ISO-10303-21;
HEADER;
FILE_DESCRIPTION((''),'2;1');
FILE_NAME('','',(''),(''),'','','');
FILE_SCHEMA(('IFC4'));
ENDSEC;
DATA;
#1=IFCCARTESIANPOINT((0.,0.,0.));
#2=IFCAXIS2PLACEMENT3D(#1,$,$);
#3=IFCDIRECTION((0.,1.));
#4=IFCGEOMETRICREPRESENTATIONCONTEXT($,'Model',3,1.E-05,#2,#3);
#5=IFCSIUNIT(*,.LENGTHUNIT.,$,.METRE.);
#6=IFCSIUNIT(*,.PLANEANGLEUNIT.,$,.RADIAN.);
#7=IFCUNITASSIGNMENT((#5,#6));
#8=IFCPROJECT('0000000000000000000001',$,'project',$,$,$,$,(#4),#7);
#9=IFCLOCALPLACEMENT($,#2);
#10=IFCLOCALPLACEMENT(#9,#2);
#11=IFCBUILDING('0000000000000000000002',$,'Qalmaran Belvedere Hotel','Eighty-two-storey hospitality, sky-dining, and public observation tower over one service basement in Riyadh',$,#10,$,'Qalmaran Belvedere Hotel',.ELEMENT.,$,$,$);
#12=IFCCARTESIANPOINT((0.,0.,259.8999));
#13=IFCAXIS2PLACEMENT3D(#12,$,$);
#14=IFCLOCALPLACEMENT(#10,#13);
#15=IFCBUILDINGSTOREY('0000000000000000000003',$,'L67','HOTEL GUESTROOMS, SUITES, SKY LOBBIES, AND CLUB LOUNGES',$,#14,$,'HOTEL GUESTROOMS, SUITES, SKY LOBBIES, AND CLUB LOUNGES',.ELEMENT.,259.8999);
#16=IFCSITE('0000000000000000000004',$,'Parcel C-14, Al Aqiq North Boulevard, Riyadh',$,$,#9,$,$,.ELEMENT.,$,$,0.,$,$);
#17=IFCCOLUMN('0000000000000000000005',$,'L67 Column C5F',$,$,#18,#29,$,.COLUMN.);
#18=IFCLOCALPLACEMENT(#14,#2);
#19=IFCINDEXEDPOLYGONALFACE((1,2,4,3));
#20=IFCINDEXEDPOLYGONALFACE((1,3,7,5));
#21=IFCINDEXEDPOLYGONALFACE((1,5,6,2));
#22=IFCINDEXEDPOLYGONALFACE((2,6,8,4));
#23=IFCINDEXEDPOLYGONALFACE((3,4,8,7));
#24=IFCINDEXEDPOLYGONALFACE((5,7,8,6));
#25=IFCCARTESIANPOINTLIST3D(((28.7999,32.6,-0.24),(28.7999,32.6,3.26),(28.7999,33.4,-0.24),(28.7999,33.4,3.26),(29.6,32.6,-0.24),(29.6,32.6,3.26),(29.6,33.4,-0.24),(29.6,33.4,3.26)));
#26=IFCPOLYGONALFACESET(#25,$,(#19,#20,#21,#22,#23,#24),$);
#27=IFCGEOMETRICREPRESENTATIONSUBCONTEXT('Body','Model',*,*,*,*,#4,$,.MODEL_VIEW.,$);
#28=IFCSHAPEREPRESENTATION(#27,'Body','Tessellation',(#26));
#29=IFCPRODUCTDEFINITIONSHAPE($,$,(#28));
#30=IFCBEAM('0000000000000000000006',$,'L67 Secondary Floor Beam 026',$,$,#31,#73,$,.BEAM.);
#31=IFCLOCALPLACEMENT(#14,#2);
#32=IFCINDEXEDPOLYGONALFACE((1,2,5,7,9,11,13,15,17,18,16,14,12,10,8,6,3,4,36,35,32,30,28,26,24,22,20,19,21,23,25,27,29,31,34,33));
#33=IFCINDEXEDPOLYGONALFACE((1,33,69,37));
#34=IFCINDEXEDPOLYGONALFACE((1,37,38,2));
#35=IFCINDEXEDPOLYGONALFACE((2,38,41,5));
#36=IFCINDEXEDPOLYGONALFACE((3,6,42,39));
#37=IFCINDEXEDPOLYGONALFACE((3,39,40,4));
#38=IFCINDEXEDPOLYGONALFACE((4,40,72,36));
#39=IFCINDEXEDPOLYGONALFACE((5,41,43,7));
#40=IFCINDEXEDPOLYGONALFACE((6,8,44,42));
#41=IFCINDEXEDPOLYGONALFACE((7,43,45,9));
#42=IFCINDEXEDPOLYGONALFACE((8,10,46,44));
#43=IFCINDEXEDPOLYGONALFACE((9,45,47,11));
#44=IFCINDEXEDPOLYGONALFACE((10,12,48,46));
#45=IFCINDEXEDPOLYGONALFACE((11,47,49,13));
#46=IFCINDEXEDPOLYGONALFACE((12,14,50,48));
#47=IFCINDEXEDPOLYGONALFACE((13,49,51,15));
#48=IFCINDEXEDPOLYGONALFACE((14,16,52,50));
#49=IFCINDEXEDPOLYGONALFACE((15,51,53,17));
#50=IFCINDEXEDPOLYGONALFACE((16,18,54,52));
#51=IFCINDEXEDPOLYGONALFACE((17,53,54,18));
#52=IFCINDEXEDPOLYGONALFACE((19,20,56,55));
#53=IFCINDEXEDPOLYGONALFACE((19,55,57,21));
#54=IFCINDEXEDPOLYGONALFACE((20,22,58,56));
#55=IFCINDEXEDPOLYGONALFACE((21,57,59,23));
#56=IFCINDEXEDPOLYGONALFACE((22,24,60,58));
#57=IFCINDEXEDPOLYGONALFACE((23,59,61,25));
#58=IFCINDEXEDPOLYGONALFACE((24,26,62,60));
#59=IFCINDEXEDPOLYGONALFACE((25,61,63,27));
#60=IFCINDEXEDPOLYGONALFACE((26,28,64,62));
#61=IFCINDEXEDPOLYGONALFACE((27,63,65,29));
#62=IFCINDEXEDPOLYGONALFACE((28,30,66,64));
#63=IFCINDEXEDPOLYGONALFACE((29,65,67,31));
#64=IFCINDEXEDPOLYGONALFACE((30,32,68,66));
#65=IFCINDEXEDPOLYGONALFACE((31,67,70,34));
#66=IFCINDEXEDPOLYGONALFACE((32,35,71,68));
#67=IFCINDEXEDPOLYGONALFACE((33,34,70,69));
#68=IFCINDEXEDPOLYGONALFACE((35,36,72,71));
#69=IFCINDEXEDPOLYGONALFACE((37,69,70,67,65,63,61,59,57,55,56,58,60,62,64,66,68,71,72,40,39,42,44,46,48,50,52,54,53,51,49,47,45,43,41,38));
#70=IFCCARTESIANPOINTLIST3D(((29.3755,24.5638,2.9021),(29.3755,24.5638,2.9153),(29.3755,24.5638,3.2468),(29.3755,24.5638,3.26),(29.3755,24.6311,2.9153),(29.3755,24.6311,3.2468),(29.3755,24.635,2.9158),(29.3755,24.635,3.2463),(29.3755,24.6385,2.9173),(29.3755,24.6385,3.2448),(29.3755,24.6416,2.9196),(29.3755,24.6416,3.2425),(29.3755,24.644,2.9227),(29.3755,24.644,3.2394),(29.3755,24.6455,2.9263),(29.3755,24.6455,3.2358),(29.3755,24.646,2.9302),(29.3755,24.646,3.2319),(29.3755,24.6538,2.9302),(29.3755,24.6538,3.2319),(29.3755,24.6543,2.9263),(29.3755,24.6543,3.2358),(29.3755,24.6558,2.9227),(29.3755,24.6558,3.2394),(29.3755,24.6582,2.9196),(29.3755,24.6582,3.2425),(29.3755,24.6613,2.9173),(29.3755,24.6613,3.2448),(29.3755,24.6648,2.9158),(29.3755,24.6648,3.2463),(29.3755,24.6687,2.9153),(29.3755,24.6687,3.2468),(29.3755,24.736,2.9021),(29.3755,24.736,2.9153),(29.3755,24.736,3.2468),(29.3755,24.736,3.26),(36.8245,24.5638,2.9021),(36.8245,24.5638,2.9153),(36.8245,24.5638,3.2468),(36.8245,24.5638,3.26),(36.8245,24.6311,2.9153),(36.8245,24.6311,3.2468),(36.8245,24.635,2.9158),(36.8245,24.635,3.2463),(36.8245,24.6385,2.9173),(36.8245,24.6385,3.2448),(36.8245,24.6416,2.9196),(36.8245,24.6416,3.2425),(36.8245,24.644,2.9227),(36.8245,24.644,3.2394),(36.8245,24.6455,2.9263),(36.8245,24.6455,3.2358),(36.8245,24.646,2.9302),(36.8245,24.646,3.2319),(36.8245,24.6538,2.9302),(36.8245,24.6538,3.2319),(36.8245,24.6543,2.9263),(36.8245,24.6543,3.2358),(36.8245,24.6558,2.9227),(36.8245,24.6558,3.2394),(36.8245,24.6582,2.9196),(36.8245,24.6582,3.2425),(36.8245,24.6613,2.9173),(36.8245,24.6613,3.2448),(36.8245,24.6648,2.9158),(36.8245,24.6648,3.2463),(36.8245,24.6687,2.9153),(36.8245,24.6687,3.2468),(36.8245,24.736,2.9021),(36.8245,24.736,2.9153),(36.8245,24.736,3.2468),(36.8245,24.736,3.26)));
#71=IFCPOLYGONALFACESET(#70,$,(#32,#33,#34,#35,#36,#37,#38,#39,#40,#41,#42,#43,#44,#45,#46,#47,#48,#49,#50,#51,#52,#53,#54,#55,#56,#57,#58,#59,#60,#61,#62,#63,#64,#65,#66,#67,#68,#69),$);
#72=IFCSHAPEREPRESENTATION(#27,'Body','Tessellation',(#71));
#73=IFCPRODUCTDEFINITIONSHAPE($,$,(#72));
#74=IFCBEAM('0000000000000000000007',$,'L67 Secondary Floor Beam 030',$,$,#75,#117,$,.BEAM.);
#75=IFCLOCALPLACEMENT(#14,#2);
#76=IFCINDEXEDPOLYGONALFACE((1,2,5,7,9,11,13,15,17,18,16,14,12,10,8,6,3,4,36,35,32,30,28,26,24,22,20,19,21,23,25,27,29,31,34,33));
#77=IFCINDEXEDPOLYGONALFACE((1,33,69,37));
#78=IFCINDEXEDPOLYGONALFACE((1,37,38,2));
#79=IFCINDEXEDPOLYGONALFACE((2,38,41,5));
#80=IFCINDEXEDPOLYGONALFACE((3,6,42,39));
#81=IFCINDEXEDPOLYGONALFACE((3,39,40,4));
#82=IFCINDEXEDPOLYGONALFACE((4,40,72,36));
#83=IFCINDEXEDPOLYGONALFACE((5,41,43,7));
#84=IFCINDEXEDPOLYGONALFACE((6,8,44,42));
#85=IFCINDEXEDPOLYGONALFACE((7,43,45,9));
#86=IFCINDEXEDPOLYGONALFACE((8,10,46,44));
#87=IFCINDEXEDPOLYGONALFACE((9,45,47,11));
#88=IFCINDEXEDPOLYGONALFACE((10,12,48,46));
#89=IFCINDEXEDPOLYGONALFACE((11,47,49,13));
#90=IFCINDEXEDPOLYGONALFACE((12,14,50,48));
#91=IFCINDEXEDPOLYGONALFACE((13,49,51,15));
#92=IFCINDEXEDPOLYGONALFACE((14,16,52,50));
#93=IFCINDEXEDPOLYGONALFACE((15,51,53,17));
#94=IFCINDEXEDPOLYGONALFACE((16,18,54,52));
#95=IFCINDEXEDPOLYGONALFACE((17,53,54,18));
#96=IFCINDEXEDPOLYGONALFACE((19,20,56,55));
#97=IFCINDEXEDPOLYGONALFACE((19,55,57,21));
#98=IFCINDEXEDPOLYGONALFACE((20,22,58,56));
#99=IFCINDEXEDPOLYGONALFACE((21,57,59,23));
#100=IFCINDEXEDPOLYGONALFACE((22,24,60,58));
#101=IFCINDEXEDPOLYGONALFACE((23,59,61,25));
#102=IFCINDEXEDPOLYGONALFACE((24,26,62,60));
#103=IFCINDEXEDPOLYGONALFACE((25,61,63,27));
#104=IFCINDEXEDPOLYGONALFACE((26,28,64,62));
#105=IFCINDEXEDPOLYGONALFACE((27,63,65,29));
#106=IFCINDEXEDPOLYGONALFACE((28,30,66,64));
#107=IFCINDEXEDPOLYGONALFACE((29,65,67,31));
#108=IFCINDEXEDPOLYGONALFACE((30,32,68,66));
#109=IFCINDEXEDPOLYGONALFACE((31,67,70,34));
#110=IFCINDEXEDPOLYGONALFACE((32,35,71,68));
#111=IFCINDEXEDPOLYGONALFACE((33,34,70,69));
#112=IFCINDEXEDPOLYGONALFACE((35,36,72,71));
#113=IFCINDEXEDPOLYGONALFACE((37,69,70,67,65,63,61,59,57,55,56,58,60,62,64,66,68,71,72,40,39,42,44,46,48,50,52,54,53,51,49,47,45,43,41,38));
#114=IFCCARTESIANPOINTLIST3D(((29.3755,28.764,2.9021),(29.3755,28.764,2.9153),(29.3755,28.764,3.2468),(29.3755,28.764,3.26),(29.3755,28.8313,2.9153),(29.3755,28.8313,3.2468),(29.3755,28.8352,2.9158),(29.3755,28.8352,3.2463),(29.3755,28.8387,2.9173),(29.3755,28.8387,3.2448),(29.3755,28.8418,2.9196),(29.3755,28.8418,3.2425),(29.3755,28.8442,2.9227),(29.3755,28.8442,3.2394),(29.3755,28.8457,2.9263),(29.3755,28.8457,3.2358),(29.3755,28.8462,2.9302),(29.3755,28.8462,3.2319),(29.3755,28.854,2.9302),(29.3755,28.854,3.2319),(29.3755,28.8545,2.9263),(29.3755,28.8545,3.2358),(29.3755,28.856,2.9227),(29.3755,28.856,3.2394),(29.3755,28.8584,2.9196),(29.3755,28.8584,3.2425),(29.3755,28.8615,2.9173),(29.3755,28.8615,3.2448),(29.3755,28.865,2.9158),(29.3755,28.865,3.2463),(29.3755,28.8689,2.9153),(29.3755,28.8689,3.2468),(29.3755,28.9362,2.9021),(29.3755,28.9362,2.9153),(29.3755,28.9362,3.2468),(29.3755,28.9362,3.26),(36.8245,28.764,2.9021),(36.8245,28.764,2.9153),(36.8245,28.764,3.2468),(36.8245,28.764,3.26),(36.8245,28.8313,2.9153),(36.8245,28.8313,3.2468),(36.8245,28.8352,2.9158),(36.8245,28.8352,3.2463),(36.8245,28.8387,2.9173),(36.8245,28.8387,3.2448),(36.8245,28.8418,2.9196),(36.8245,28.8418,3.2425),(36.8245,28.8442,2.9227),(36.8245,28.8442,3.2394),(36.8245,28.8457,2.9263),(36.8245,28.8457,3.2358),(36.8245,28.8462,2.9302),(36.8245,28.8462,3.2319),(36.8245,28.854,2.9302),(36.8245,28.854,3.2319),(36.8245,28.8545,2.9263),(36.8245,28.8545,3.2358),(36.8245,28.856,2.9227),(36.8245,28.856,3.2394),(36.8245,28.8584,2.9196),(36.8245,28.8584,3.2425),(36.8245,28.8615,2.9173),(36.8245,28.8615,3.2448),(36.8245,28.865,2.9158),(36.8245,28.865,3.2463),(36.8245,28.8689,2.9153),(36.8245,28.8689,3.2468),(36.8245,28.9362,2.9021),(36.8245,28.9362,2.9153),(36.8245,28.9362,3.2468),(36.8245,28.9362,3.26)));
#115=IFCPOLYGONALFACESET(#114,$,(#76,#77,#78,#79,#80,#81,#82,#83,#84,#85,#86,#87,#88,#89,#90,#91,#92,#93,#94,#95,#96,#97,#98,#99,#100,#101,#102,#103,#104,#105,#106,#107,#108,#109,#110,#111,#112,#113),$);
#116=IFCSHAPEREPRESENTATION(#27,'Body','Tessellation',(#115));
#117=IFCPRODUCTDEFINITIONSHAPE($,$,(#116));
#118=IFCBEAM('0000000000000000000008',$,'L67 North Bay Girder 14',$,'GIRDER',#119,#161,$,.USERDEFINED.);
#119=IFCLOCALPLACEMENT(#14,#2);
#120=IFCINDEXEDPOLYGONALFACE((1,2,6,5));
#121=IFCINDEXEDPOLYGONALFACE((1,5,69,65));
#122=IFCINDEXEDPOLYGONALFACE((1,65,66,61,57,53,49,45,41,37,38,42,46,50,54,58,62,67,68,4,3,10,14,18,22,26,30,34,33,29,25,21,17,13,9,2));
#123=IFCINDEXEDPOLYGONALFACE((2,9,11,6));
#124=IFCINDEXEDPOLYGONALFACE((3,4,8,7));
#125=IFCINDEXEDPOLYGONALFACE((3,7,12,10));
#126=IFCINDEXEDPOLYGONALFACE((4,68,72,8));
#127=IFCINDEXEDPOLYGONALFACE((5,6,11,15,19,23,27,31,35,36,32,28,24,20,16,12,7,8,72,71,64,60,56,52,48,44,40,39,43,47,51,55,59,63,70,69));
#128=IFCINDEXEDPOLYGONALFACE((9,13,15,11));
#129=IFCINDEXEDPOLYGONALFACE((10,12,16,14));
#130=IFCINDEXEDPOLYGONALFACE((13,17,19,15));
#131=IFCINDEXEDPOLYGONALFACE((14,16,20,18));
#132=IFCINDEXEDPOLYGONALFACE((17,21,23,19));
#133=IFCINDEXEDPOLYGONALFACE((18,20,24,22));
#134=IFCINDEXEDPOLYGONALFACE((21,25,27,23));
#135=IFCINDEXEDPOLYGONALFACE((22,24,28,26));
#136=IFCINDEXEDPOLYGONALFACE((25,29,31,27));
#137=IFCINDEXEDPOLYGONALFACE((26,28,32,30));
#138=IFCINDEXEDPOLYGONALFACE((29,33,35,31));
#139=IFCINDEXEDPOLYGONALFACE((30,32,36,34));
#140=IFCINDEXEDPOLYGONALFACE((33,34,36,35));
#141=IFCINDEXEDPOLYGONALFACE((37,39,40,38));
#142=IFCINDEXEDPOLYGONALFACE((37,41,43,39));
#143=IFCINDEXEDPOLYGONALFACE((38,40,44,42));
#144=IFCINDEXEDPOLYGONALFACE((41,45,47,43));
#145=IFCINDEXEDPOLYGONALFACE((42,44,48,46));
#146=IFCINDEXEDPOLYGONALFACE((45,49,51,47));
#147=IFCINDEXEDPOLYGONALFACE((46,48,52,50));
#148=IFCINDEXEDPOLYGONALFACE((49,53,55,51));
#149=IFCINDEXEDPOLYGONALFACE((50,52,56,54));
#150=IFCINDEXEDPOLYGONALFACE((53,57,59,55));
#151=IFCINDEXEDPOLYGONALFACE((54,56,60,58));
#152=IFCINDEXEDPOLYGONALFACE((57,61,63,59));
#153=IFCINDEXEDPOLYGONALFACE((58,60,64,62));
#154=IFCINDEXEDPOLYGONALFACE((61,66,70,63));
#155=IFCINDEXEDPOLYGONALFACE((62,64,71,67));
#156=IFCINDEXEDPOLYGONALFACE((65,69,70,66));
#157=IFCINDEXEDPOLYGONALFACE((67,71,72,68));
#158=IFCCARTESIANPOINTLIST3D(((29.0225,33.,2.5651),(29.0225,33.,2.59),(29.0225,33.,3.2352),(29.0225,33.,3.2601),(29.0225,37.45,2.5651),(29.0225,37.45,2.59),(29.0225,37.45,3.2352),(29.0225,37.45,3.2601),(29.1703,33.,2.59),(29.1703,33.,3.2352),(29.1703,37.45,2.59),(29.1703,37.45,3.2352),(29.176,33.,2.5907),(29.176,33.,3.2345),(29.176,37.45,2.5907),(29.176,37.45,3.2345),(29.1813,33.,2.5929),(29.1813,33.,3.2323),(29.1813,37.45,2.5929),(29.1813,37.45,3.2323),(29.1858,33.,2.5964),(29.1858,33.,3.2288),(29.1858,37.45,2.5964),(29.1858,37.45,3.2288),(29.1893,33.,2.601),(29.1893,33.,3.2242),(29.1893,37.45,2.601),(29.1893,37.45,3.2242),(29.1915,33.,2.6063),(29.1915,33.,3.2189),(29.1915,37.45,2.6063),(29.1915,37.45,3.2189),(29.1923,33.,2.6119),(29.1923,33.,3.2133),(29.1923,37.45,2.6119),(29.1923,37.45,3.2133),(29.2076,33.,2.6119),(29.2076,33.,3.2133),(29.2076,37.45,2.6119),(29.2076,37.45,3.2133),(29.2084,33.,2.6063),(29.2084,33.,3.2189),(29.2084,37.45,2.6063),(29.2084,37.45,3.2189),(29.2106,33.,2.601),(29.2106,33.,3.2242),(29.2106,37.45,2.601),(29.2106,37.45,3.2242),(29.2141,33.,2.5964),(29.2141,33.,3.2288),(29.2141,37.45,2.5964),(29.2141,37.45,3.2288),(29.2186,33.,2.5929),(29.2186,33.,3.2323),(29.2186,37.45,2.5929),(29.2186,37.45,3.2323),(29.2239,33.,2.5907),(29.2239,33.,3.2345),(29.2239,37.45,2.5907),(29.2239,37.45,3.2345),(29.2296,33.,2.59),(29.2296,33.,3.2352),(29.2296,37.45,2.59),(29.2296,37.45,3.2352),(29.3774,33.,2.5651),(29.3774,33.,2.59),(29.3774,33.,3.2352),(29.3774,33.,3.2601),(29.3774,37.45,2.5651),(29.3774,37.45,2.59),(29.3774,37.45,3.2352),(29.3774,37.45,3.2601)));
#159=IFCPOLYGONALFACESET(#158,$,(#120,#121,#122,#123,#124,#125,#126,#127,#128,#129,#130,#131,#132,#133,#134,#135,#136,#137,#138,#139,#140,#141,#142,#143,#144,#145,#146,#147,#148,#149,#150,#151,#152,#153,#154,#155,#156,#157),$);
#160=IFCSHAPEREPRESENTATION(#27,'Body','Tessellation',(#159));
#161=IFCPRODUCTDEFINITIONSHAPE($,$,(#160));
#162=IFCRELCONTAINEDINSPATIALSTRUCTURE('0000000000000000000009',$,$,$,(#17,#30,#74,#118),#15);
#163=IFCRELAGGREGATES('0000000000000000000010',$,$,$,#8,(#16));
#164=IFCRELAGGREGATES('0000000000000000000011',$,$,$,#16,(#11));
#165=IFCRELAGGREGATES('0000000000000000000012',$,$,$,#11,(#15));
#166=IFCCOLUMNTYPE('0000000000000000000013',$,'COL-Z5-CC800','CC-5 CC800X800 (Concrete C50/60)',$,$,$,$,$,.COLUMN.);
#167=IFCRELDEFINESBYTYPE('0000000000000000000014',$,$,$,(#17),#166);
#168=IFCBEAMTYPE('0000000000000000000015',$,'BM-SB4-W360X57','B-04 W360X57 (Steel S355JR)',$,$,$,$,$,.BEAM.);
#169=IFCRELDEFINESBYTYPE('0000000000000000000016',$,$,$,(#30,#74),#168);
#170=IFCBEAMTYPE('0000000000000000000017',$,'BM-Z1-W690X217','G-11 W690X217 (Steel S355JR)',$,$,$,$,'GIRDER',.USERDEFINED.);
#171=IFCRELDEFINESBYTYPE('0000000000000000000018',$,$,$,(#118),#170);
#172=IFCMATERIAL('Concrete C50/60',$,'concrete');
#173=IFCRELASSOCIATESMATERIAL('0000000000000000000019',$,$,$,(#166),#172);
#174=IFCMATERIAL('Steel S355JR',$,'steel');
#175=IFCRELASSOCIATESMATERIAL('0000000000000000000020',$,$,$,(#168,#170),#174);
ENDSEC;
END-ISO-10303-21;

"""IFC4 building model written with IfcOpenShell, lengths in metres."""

from ifc_helpers import new_model, si_unit, direction, frame, origin, origin_2d, place, context, subcontext, project, spatial, rectangle, i_section, extrude, material, material_profile, profile_set, type_object, element, save


model = new_model("IFC4")

# Units and contexts
model_context = context("Model", 3, precision=1e-05, world=origin(), true_north=direction((0.0, 1.0)))
body_context = subcontext(model_context, "Body", "Model", "MODEL_VIEW")
ifc_project = project(units=[si_unit("LENGTHUNIT", "METRE"), si_unit("PLANEANGLEUNIT", "RADIAN")], contexts=[model_context])

# Site, building, storey
site_placement = place(None, origin())
site = spatial("IfcSite", under=ifc_project, at=site_placement, Name="Parcel C-14, Al Aqiq North Boulevard, Riyadh", CompositionType="ELEMENT", RefElevation=0.0)
building_placement = place(site_placement, origin())
building = spatial("IfcBuilding", under=site, at=building_placement, Name="Qalmaran Belvedere Hotel", Description="Eighty-two-storey hospitality, sky-dining, and public observation tower over one service basement in Riyadh", LongName="Qalmaran Belvedere Hotel", CompositionType="ELEMENT")
storey_placement = place(building_placement, frame((0.0, 0.0, 259.8999)))
storey = spatial("IfcBuildingStorey", under=building, at=storey_placement, Name="L67", Description="HOTEL GUESTROOMS, SUITES, SKY LOBBIES, AND CLUB LOUNGES", LongName="HOTEL GUESTROOMS, SUITES, SKY LOBBIES, AND CLUB LOUNGES", CompositionType="ELEMENT", Elevation=259.8999)

# Column
ifc_material_1 = material(Name="Concrete C50/60", Category="concrete")
ifc_material_profile_1 = material_profile(ifc_material_1, rectangle(XDim=0.8, YDim=0.8, at=origin_2d()), Name="CC800X800")
ifc_profile_set_1 = profile_set([ifc_material_profile_1], Name="Concrete C50/60")
column_type = type_object("IfcColumnType", Name="COL-Z5-CC800", Description="CC-5 CC800X800 (Concrete C50/60)", PredefinedType="COLUMN", material=ifc_profile_set_1)
column_placement = place(storey_placement, frame((29.2, 33.0, -0.24), z_axis=(0.0, 0.0, 1.0), x_axis=(1.0, 0.0, 0.0)))
element("IfcColumn", 1, at=column_placement, inside=storey, type_object=column_type, Name="L67 Column C5F", PredefinedType="COLUMN", context=body_context, shape_type="SweptSolid", body=[
    extrude(rectangle(XDim=0.8, YDim=0.8, at=origin_2d()), origin(), (0.0, 0.0, 1.0), 3.5),
])

# Beams
ifc_material_2 = material(Name="Steel S355JR", Category="steel")
ifc_material_profile_2 = material_profile(ifc_material_2, i_section(OverallWidth=0.1721, OverallDepth=0.3579, WebThickness=0.0078, FlangeThickness=0.0132, FilletRadius=0.0149, at=origin_2d()), Name="W360X57")
ifc_profile_set_2 = profile_set([ifc_material_profile_2], Name="Steel S355JR")
beam_type_1 = type_object("IfcBeamType", Name="BM-SB4-W360X57", Description="B-04 W360X57 (Steel S355JR)", PredefinedType="BEAM", material=ifc_profile_set_2)
for number, where, z_axis, x_axis, name in (
    (2, (29.3755, 24.6499, 3.0811), (1.0, 0.0, 0.0), (0.0, 1.0, 0.0), "L67 Secondary Floor Beam 026"),
    (3, (29.3755, 28.8501, 3.0811), (1.0, 0.0, 0.0), (0.0, 1.0, 0.0), "L67 Secondary Floor Beam 030"),
):
    element("IfcBeam", number, at=place(storey_placement, frame(where, z_axis=z_axis, x_axis=x_axis)), inside=storey, type_object=beam_type_1, Name=name, PredefinedType="BEAM", context=body_context, shape_type="SweptSolid", body=[
        extrude(i_section(OverallWidth=0.1721, OverallDepth=0.3579, WebThickness=0.0078, FlangeThickness=0.0132, FilletRadius=0.0149, at=origin_2d()), origin(), (0.0, 0.0, 1.0), 7.449),
    ])
ifc_material_profile_3 = material_profile(ifc_material_2, i_section(OverallWidth=0.355, OverallDepth=0.6951, WebThickness=0.0154, FlangeThickness=0.0249, FilletRadius=0.022, at=origin_2d()), Name="W690X217")
ifc_profile_set_3 = profile_set([ifc_material_profile_3], Name="Steel S355JR")
beam_type_2 = type_object("IfcBeamType", Name="BM-Z1-W690X217", Description="G-11 W690X217 (Steel S355JR)", ElementType="GIRDER", PredefinedType="USERDEFINED", material=ifc_profile_set_3)
beam_1_placement = place(storey_placement, frame((29.2, 33.0, 2.9126), z_axis=(0.0, 1.0, 0.0), x_axis=(-1.0, 0.0, 0.0)))
element("IfcBeam", 4, at=beam_1_placement, inside=storey, type_object=beam_type_2, Name="L67 North Bay Girder 14", ObjectType="GIRDER", PredefinedType="USERDEFINED", context=body_context, shape_type="SweptSolid", body=[
    extrude(i_section(OverallWidth=0.355, OverallDepth=0.6951, WebThickness=0.0154, FlangeThickness=0.0249, FilletRadius=0.022, at=origin_2d()), origin(), (0.0, 0.0, 1.0), 4.45),
])

save(model, "model.ifc")
